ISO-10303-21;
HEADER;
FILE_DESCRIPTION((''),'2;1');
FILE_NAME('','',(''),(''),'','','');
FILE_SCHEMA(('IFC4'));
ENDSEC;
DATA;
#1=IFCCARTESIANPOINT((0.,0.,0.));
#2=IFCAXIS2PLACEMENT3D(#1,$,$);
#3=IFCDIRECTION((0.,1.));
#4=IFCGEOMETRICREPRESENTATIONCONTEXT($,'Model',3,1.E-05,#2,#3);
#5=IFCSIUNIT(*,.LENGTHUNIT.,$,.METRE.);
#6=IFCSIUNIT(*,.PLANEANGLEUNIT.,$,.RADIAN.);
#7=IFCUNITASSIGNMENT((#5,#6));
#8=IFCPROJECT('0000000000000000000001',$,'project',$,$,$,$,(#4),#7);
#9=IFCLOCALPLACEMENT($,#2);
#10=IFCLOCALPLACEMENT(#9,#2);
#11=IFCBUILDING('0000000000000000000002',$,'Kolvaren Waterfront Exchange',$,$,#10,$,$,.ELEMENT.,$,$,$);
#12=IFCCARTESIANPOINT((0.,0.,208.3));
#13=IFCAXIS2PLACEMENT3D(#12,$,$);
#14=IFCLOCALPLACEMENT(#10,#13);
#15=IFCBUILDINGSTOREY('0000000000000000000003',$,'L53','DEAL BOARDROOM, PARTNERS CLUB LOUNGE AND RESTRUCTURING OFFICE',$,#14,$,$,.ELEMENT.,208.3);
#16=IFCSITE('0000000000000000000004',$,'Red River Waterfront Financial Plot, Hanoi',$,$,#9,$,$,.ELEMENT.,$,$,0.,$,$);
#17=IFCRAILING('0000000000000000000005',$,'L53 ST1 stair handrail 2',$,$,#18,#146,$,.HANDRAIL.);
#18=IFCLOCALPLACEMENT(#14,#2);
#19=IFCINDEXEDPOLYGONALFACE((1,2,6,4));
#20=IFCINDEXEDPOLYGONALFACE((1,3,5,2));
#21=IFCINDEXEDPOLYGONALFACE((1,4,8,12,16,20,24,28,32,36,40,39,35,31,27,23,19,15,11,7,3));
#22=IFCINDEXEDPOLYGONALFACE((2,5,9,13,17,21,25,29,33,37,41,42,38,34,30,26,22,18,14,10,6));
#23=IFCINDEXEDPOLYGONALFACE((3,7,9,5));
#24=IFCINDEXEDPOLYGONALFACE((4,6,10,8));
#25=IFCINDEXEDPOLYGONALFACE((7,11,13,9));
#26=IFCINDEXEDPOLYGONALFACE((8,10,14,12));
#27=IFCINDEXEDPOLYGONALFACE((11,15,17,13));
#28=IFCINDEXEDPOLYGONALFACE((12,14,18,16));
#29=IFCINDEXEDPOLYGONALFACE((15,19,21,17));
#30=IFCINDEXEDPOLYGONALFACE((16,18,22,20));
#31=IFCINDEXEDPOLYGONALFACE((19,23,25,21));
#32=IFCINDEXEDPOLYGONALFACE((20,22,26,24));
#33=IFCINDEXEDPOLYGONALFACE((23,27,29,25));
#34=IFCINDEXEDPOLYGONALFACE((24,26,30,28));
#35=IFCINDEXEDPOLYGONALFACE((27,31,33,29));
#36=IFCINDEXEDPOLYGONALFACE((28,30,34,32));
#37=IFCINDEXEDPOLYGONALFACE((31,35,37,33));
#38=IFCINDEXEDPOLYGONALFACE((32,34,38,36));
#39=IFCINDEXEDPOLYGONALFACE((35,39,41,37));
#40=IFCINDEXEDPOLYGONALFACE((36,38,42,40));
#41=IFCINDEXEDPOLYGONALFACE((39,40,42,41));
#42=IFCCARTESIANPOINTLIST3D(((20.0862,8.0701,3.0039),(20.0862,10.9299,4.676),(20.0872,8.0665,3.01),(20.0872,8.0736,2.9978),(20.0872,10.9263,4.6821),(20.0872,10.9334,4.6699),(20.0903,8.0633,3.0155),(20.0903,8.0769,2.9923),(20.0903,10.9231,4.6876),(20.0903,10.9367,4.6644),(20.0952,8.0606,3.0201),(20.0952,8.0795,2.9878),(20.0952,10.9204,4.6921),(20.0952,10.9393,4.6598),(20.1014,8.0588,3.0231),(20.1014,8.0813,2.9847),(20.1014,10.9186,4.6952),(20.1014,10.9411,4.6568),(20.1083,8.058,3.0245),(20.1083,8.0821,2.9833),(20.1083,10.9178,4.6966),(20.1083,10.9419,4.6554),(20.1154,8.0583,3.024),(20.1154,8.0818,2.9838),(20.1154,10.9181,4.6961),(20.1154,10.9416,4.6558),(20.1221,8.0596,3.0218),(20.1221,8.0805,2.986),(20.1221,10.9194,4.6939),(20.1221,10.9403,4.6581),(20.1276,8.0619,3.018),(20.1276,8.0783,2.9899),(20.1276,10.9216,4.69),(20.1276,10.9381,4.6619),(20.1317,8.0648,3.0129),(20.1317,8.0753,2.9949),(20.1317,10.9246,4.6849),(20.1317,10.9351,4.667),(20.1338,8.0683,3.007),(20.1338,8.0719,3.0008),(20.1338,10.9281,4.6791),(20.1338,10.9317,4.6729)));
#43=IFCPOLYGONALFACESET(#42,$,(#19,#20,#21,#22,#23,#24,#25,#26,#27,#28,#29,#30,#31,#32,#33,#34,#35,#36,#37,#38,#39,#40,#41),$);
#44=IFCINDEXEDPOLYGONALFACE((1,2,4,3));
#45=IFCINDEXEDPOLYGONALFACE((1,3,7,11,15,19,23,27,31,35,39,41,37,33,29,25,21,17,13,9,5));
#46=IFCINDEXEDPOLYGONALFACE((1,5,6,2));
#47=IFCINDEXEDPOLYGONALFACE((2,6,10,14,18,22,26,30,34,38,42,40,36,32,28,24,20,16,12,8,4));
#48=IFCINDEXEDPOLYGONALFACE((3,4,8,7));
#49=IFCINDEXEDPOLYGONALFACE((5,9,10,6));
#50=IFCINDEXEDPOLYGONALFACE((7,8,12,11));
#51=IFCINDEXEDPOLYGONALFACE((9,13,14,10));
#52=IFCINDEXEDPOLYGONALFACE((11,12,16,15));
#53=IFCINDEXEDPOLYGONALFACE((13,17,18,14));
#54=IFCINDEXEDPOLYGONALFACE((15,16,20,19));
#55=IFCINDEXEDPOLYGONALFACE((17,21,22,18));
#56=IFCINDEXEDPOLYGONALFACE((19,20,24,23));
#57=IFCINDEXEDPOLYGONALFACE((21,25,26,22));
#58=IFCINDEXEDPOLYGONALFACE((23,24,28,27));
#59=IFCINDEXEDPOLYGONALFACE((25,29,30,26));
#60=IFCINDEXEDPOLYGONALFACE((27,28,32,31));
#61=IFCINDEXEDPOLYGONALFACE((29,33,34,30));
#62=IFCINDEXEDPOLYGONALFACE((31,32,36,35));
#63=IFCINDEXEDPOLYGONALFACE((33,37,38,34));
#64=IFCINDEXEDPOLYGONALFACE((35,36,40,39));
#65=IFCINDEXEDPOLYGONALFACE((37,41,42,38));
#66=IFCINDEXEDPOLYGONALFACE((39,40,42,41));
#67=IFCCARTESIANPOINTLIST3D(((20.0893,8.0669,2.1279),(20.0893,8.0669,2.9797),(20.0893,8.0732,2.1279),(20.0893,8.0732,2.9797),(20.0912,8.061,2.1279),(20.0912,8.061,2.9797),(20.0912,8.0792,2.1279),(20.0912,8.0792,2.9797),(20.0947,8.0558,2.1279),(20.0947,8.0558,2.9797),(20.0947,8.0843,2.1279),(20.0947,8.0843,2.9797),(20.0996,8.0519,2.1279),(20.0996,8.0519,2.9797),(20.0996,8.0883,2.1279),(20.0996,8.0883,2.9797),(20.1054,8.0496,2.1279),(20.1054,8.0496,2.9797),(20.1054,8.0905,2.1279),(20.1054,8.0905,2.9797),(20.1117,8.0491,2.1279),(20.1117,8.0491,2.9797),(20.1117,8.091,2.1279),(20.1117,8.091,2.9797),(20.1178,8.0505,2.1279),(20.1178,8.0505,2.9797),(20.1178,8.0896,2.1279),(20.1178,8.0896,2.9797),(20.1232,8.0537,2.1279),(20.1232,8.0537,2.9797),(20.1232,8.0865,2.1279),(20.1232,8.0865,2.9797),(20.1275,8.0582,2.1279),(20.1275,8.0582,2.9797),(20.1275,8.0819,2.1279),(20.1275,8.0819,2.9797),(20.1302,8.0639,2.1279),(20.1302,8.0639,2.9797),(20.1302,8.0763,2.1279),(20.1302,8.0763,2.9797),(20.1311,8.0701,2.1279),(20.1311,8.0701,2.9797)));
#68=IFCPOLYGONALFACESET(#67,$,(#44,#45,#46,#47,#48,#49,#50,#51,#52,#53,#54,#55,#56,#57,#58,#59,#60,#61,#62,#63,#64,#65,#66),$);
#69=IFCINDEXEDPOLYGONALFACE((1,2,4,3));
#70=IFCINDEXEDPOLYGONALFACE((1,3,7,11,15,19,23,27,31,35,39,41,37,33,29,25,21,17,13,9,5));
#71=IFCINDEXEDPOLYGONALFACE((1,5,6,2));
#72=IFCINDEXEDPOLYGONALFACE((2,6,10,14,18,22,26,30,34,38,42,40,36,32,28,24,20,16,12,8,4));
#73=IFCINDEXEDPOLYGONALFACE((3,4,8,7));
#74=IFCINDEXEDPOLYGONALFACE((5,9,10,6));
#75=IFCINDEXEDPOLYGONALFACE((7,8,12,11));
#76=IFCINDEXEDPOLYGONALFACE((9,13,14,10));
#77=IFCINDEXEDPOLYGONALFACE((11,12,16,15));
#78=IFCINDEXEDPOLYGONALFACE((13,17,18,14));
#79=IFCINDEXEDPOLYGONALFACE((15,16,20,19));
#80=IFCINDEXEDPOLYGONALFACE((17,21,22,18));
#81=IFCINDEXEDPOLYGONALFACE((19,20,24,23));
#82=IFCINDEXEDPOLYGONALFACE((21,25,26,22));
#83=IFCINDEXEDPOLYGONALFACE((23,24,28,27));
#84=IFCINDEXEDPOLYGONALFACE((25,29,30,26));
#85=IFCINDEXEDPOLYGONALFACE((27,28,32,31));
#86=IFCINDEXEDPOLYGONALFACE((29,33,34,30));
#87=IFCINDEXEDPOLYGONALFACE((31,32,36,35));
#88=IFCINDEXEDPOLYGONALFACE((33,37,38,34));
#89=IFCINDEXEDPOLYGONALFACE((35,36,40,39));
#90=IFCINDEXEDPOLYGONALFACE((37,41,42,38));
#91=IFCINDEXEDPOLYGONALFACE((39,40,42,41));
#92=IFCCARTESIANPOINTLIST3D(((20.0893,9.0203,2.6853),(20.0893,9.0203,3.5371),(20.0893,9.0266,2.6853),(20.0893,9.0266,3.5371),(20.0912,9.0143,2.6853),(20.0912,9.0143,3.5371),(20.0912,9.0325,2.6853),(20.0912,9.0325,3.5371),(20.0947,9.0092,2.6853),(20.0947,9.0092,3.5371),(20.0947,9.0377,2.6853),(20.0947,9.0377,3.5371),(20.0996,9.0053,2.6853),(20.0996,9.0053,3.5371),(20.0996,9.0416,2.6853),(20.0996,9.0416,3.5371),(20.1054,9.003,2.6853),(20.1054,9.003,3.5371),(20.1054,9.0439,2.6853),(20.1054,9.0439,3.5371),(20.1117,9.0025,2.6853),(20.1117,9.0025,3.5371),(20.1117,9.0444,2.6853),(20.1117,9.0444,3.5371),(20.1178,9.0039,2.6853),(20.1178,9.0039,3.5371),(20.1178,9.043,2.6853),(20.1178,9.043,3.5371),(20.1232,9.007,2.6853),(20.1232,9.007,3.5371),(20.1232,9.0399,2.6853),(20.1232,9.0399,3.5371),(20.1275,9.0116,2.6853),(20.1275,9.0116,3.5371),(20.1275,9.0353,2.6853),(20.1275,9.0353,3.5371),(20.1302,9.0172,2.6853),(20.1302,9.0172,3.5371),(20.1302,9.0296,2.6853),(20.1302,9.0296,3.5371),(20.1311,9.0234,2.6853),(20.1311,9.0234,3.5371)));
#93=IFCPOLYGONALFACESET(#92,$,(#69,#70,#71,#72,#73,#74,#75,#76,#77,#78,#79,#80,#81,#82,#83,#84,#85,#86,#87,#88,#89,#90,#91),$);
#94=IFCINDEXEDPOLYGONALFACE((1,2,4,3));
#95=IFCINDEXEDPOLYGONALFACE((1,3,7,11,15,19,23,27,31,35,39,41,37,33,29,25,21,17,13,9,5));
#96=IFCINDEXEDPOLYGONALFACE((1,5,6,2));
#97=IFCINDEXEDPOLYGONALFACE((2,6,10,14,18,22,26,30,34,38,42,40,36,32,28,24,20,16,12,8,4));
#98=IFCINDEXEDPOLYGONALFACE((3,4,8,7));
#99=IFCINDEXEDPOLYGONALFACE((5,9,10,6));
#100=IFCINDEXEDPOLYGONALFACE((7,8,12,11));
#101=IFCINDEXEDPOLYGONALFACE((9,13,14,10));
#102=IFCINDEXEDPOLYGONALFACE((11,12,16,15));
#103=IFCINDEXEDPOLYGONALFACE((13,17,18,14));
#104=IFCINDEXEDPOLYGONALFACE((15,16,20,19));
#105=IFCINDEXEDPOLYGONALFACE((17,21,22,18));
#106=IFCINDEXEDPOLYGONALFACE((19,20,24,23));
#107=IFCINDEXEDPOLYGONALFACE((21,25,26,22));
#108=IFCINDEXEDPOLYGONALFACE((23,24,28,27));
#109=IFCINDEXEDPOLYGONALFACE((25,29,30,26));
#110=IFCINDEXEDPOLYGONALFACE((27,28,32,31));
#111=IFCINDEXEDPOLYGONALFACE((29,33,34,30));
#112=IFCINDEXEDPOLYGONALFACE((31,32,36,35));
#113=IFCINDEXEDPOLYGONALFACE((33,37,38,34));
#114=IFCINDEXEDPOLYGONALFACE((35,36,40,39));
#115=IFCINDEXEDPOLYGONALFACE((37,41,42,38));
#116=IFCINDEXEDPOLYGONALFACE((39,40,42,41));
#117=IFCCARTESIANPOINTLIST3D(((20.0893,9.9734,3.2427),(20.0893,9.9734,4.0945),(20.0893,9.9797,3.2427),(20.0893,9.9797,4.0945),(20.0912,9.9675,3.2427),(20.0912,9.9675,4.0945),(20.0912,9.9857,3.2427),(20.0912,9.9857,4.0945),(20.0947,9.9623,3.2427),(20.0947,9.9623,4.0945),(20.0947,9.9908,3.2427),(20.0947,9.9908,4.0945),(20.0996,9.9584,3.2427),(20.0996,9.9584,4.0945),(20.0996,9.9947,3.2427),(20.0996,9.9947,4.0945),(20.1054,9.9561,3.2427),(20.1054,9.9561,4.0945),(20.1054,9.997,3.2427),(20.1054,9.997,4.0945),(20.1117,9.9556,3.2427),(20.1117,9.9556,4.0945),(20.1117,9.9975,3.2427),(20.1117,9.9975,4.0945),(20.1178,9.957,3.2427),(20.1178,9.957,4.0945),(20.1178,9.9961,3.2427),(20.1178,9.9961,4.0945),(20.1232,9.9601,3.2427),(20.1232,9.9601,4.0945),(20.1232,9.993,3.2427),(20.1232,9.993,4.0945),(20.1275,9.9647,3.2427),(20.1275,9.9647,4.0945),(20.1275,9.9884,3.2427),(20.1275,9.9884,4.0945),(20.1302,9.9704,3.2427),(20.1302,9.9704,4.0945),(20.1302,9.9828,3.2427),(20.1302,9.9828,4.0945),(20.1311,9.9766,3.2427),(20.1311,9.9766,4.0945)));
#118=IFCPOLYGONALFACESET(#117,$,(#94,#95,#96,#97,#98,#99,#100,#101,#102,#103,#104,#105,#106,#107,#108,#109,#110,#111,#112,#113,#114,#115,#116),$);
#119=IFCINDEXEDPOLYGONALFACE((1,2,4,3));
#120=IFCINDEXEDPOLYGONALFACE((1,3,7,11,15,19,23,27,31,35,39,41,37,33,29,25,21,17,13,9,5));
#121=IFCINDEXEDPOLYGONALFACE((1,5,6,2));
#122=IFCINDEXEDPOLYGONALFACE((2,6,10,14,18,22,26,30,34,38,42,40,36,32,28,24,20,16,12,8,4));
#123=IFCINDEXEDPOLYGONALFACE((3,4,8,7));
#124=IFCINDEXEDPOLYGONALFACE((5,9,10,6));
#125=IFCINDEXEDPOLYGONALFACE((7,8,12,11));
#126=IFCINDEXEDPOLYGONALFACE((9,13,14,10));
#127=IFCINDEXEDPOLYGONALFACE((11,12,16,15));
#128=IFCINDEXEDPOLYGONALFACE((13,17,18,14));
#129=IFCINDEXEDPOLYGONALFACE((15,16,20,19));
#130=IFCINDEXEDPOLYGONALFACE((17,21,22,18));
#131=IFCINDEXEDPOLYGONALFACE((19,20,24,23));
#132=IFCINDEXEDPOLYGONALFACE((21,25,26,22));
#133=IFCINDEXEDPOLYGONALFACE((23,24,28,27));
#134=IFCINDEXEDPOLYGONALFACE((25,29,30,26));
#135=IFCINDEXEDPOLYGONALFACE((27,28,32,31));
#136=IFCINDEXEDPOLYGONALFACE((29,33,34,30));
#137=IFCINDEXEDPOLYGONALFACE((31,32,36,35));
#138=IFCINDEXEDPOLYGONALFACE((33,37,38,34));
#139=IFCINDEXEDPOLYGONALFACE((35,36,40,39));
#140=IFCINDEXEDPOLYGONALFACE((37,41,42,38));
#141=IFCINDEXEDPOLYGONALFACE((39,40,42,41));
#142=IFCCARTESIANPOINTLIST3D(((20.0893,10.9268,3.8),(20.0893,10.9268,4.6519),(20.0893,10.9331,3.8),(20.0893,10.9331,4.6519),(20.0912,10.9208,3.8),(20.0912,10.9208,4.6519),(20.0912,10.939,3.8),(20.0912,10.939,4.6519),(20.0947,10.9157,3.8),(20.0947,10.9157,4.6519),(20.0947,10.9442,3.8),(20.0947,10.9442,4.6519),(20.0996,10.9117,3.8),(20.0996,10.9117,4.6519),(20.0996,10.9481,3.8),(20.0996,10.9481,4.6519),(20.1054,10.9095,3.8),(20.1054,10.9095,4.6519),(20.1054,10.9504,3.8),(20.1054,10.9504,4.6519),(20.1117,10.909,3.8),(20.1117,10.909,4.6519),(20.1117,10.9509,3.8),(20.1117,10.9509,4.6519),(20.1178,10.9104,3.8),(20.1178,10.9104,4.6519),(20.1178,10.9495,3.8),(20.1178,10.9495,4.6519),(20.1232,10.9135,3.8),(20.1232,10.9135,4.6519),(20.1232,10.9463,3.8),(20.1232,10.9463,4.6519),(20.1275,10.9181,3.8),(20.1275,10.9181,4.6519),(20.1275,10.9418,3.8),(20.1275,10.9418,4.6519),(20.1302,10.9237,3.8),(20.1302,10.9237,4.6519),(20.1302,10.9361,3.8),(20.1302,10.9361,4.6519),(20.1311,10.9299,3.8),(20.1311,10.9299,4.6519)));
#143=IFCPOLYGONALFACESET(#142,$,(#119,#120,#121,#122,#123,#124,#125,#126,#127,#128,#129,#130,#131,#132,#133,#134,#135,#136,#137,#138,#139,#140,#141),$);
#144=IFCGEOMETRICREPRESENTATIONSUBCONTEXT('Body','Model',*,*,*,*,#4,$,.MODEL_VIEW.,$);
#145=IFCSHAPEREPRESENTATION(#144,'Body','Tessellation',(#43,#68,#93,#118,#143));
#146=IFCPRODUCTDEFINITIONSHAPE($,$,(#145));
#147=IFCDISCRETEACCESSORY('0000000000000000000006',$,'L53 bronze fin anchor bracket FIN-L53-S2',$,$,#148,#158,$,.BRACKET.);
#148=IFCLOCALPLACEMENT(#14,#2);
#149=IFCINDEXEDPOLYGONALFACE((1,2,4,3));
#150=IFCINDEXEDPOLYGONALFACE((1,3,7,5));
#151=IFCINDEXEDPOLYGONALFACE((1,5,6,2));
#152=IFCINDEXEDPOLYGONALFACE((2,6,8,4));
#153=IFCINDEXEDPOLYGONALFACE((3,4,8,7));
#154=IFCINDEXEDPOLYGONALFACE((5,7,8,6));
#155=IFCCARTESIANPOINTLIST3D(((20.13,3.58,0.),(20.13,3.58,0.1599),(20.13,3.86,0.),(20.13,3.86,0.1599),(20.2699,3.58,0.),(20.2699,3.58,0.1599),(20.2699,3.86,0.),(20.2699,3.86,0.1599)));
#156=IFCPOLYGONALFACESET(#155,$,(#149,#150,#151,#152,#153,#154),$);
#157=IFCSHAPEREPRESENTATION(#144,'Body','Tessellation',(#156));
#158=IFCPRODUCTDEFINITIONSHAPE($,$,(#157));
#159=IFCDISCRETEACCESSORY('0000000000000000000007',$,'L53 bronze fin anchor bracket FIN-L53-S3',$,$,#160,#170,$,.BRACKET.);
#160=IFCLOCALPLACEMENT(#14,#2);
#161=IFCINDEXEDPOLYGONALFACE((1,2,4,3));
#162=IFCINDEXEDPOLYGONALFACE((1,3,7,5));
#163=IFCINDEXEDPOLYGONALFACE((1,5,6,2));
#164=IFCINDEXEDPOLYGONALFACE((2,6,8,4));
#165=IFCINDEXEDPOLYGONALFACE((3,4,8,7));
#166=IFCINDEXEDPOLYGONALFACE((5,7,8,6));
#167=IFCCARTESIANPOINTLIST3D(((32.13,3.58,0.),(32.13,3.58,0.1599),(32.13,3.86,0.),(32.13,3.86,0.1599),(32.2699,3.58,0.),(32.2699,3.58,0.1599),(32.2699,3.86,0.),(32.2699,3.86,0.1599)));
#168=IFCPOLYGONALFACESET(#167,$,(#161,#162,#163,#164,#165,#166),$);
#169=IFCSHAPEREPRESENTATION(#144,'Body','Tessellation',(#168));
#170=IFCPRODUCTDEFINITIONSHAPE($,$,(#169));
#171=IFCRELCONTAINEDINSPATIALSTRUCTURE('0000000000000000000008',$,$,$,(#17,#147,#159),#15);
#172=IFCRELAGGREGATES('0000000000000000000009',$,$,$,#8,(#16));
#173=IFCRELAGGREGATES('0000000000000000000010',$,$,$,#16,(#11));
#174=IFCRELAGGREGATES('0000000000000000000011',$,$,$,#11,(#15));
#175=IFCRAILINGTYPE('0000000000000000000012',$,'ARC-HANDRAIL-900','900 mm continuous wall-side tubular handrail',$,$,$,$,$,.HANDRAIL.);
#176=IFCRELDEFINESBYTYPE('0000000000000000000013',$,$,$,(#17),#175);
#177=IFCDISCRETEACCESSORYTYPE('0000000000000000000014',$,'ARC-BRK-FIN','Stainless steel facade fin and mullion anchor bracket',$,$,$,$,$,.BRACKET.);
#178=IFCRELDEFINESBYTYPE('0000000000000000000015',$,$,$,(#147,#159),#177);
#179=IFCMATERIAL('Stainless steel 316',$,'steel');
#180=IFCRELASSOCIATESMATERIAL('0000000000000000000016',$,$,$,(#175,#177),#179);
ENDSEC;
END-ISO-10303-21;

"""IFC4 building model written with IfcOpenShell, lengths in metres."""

from ifc_helpers import new_model, si_unit, direction, frame, origin, origin_with_axes, origin_2d, place, context, subcontext, project, spatial, rectangle, circle, extrude, source, transform, mapped, material, type_object, element, save


model = new_model("IFC4")

# Units and contexts
model_context = context("Model", 3, precision=1e-05, world=origin(), true_north=direction((0.0, 1.0)))
body_context = subcontext(model_context, "Body", "Model", "MODEL_VIEW")
ifc_project = project(units=[si_unit("LENGTHUNIT", "METRE"), si_unit("PLANEANGLEUNIT", "RADIAN")], contexts=[model_context])

# Site, building, storey
site_placement = place(None, origin())
site = spatial("IfcSite", under=ifc_project, at=site_placement, Name="Red River Waterfront Financial Plot, Hanoi", CompositionType="ELEMENT", RefElevation=0.0)
building_placement = place(site_placement, origin())
building = spatial("IfcBuilding", under=site, at=building_placement, Name="Kolvaren Waterfront Exchange", CompositionType="ELEMENT")
storey_placement = place(building_placement, frame((0.0, 0.0, 208.3)))
storey = spatial("IfcBuildingStorey", under=building, at=storey_placement, Name="L53", Description="DEAL BOARDROOM, PARTNERS CLUB LOUNGE AND RESTRUCTURING OFFICE", CompositionType="ELEMENT", Elevation=208.3)

# Railing
ifc_material_1 = material(Name="Stainless steel 316", Category="steel")
railing_type_1 = type_object("IfcRailingType", Name="ARC-HANDRAIL-900", Description="900 mm continuous wall-side tubular handrail", PredefinedType="HANDRAIL", material=ifc_material_1)
railing_1_placement = place(storey_placement, frame((20.1101, 8.0701, 2.1279)))
element("IfcRailing", 1, at=railing_1_placement, inside=storey, type_object=railing_type_1, Name="L53 ST1 stair handrail 2", PredefinedType="HANDRAIL", context=body_context, shape_type="SweptSolid", body=[
    extrude(circle(Radius=0.0239, at=origin_2d()), frame((0.0, 0.0, 0.876), z_axis=(0.0, 0.863271, 0.504741), x_axis=(-1.0, 0.0, 0.0)), (0.0, 0.0, 1.0), 3.3127),
    extrude(circle(Radius=0.021, at=origin_2d()), origin(), (0.0, 0.0, 1.0), 0.8518),
    extrude(circle(Radius=0.021, at=origin_2d()), frame((0.0, 0.9534, 0.5574)), (0.0, 0.0, 1.0), 0.8518),
    extrude(circle(Radius=0.021, at=origin_2d()), frame((0.0, 1.9065, 1.1147)), (0.0, 0.0, 1.0), 0.8518),
    extrude(circle(Radius=0.021, at=origin_2d()), frame((0.0, 2.8599, 1.6721)), (0.0, 0.0, 1.0), 0.8518),
])

# Discrete accessories
discrete_accessory_type = type_object("IfcDiscreteAccessoryType", Name="ARC-BRK-FIN", Description="Stainless steel facade fin and mullion anchor bracket", PredefinedType="BRACKET", material=ifc_material_1)
shared_shape_1 = source(origin_with_axes(), body_context, "Body", "SweptSolid", [
    extrude(rectangle(XDim=0.28, YDim=0.1399, at=origin_2d()), origin(), (0.0, 0.0, 1.0), 0.1599),
])
for number, where, z_axis, x_axis, name in (
    (2, (20.2, 3.72, 0.0), (0.0, 0.0, 1.0), (0.0, -1.0, 0.0), "L53 bronze fin anchor bracket FIN-L53-S2"),
    (3, (32.2, 3.72, 0.0), (0.0, 0.0, 1.0), (0.0, -1.0, 0.0), "L53 bronze fin anchor bracket FIN-L53-S3"),
):
    element("IfcDiscreteAccessory", number, at=place(storey_placement, frame(where, z_axis=z_axis, x_axis=x_axis)), inside=storey, type_object=discrete_accessory_type, Name=name, PredefinedType="BRACKET", context=body_context, shape_type="MappedRepresentation", body=[
        mapped(shared_shape_1, transform((0.0, 0.0, 0.0), x_axis=(1.0, 0.0, 0.0), y_axis=(0.0, 1.0, 0.0), z_axis=(0.0, 0.0, 1.0), scale=1.0)),
    ])

save(model, "model.ifc")
